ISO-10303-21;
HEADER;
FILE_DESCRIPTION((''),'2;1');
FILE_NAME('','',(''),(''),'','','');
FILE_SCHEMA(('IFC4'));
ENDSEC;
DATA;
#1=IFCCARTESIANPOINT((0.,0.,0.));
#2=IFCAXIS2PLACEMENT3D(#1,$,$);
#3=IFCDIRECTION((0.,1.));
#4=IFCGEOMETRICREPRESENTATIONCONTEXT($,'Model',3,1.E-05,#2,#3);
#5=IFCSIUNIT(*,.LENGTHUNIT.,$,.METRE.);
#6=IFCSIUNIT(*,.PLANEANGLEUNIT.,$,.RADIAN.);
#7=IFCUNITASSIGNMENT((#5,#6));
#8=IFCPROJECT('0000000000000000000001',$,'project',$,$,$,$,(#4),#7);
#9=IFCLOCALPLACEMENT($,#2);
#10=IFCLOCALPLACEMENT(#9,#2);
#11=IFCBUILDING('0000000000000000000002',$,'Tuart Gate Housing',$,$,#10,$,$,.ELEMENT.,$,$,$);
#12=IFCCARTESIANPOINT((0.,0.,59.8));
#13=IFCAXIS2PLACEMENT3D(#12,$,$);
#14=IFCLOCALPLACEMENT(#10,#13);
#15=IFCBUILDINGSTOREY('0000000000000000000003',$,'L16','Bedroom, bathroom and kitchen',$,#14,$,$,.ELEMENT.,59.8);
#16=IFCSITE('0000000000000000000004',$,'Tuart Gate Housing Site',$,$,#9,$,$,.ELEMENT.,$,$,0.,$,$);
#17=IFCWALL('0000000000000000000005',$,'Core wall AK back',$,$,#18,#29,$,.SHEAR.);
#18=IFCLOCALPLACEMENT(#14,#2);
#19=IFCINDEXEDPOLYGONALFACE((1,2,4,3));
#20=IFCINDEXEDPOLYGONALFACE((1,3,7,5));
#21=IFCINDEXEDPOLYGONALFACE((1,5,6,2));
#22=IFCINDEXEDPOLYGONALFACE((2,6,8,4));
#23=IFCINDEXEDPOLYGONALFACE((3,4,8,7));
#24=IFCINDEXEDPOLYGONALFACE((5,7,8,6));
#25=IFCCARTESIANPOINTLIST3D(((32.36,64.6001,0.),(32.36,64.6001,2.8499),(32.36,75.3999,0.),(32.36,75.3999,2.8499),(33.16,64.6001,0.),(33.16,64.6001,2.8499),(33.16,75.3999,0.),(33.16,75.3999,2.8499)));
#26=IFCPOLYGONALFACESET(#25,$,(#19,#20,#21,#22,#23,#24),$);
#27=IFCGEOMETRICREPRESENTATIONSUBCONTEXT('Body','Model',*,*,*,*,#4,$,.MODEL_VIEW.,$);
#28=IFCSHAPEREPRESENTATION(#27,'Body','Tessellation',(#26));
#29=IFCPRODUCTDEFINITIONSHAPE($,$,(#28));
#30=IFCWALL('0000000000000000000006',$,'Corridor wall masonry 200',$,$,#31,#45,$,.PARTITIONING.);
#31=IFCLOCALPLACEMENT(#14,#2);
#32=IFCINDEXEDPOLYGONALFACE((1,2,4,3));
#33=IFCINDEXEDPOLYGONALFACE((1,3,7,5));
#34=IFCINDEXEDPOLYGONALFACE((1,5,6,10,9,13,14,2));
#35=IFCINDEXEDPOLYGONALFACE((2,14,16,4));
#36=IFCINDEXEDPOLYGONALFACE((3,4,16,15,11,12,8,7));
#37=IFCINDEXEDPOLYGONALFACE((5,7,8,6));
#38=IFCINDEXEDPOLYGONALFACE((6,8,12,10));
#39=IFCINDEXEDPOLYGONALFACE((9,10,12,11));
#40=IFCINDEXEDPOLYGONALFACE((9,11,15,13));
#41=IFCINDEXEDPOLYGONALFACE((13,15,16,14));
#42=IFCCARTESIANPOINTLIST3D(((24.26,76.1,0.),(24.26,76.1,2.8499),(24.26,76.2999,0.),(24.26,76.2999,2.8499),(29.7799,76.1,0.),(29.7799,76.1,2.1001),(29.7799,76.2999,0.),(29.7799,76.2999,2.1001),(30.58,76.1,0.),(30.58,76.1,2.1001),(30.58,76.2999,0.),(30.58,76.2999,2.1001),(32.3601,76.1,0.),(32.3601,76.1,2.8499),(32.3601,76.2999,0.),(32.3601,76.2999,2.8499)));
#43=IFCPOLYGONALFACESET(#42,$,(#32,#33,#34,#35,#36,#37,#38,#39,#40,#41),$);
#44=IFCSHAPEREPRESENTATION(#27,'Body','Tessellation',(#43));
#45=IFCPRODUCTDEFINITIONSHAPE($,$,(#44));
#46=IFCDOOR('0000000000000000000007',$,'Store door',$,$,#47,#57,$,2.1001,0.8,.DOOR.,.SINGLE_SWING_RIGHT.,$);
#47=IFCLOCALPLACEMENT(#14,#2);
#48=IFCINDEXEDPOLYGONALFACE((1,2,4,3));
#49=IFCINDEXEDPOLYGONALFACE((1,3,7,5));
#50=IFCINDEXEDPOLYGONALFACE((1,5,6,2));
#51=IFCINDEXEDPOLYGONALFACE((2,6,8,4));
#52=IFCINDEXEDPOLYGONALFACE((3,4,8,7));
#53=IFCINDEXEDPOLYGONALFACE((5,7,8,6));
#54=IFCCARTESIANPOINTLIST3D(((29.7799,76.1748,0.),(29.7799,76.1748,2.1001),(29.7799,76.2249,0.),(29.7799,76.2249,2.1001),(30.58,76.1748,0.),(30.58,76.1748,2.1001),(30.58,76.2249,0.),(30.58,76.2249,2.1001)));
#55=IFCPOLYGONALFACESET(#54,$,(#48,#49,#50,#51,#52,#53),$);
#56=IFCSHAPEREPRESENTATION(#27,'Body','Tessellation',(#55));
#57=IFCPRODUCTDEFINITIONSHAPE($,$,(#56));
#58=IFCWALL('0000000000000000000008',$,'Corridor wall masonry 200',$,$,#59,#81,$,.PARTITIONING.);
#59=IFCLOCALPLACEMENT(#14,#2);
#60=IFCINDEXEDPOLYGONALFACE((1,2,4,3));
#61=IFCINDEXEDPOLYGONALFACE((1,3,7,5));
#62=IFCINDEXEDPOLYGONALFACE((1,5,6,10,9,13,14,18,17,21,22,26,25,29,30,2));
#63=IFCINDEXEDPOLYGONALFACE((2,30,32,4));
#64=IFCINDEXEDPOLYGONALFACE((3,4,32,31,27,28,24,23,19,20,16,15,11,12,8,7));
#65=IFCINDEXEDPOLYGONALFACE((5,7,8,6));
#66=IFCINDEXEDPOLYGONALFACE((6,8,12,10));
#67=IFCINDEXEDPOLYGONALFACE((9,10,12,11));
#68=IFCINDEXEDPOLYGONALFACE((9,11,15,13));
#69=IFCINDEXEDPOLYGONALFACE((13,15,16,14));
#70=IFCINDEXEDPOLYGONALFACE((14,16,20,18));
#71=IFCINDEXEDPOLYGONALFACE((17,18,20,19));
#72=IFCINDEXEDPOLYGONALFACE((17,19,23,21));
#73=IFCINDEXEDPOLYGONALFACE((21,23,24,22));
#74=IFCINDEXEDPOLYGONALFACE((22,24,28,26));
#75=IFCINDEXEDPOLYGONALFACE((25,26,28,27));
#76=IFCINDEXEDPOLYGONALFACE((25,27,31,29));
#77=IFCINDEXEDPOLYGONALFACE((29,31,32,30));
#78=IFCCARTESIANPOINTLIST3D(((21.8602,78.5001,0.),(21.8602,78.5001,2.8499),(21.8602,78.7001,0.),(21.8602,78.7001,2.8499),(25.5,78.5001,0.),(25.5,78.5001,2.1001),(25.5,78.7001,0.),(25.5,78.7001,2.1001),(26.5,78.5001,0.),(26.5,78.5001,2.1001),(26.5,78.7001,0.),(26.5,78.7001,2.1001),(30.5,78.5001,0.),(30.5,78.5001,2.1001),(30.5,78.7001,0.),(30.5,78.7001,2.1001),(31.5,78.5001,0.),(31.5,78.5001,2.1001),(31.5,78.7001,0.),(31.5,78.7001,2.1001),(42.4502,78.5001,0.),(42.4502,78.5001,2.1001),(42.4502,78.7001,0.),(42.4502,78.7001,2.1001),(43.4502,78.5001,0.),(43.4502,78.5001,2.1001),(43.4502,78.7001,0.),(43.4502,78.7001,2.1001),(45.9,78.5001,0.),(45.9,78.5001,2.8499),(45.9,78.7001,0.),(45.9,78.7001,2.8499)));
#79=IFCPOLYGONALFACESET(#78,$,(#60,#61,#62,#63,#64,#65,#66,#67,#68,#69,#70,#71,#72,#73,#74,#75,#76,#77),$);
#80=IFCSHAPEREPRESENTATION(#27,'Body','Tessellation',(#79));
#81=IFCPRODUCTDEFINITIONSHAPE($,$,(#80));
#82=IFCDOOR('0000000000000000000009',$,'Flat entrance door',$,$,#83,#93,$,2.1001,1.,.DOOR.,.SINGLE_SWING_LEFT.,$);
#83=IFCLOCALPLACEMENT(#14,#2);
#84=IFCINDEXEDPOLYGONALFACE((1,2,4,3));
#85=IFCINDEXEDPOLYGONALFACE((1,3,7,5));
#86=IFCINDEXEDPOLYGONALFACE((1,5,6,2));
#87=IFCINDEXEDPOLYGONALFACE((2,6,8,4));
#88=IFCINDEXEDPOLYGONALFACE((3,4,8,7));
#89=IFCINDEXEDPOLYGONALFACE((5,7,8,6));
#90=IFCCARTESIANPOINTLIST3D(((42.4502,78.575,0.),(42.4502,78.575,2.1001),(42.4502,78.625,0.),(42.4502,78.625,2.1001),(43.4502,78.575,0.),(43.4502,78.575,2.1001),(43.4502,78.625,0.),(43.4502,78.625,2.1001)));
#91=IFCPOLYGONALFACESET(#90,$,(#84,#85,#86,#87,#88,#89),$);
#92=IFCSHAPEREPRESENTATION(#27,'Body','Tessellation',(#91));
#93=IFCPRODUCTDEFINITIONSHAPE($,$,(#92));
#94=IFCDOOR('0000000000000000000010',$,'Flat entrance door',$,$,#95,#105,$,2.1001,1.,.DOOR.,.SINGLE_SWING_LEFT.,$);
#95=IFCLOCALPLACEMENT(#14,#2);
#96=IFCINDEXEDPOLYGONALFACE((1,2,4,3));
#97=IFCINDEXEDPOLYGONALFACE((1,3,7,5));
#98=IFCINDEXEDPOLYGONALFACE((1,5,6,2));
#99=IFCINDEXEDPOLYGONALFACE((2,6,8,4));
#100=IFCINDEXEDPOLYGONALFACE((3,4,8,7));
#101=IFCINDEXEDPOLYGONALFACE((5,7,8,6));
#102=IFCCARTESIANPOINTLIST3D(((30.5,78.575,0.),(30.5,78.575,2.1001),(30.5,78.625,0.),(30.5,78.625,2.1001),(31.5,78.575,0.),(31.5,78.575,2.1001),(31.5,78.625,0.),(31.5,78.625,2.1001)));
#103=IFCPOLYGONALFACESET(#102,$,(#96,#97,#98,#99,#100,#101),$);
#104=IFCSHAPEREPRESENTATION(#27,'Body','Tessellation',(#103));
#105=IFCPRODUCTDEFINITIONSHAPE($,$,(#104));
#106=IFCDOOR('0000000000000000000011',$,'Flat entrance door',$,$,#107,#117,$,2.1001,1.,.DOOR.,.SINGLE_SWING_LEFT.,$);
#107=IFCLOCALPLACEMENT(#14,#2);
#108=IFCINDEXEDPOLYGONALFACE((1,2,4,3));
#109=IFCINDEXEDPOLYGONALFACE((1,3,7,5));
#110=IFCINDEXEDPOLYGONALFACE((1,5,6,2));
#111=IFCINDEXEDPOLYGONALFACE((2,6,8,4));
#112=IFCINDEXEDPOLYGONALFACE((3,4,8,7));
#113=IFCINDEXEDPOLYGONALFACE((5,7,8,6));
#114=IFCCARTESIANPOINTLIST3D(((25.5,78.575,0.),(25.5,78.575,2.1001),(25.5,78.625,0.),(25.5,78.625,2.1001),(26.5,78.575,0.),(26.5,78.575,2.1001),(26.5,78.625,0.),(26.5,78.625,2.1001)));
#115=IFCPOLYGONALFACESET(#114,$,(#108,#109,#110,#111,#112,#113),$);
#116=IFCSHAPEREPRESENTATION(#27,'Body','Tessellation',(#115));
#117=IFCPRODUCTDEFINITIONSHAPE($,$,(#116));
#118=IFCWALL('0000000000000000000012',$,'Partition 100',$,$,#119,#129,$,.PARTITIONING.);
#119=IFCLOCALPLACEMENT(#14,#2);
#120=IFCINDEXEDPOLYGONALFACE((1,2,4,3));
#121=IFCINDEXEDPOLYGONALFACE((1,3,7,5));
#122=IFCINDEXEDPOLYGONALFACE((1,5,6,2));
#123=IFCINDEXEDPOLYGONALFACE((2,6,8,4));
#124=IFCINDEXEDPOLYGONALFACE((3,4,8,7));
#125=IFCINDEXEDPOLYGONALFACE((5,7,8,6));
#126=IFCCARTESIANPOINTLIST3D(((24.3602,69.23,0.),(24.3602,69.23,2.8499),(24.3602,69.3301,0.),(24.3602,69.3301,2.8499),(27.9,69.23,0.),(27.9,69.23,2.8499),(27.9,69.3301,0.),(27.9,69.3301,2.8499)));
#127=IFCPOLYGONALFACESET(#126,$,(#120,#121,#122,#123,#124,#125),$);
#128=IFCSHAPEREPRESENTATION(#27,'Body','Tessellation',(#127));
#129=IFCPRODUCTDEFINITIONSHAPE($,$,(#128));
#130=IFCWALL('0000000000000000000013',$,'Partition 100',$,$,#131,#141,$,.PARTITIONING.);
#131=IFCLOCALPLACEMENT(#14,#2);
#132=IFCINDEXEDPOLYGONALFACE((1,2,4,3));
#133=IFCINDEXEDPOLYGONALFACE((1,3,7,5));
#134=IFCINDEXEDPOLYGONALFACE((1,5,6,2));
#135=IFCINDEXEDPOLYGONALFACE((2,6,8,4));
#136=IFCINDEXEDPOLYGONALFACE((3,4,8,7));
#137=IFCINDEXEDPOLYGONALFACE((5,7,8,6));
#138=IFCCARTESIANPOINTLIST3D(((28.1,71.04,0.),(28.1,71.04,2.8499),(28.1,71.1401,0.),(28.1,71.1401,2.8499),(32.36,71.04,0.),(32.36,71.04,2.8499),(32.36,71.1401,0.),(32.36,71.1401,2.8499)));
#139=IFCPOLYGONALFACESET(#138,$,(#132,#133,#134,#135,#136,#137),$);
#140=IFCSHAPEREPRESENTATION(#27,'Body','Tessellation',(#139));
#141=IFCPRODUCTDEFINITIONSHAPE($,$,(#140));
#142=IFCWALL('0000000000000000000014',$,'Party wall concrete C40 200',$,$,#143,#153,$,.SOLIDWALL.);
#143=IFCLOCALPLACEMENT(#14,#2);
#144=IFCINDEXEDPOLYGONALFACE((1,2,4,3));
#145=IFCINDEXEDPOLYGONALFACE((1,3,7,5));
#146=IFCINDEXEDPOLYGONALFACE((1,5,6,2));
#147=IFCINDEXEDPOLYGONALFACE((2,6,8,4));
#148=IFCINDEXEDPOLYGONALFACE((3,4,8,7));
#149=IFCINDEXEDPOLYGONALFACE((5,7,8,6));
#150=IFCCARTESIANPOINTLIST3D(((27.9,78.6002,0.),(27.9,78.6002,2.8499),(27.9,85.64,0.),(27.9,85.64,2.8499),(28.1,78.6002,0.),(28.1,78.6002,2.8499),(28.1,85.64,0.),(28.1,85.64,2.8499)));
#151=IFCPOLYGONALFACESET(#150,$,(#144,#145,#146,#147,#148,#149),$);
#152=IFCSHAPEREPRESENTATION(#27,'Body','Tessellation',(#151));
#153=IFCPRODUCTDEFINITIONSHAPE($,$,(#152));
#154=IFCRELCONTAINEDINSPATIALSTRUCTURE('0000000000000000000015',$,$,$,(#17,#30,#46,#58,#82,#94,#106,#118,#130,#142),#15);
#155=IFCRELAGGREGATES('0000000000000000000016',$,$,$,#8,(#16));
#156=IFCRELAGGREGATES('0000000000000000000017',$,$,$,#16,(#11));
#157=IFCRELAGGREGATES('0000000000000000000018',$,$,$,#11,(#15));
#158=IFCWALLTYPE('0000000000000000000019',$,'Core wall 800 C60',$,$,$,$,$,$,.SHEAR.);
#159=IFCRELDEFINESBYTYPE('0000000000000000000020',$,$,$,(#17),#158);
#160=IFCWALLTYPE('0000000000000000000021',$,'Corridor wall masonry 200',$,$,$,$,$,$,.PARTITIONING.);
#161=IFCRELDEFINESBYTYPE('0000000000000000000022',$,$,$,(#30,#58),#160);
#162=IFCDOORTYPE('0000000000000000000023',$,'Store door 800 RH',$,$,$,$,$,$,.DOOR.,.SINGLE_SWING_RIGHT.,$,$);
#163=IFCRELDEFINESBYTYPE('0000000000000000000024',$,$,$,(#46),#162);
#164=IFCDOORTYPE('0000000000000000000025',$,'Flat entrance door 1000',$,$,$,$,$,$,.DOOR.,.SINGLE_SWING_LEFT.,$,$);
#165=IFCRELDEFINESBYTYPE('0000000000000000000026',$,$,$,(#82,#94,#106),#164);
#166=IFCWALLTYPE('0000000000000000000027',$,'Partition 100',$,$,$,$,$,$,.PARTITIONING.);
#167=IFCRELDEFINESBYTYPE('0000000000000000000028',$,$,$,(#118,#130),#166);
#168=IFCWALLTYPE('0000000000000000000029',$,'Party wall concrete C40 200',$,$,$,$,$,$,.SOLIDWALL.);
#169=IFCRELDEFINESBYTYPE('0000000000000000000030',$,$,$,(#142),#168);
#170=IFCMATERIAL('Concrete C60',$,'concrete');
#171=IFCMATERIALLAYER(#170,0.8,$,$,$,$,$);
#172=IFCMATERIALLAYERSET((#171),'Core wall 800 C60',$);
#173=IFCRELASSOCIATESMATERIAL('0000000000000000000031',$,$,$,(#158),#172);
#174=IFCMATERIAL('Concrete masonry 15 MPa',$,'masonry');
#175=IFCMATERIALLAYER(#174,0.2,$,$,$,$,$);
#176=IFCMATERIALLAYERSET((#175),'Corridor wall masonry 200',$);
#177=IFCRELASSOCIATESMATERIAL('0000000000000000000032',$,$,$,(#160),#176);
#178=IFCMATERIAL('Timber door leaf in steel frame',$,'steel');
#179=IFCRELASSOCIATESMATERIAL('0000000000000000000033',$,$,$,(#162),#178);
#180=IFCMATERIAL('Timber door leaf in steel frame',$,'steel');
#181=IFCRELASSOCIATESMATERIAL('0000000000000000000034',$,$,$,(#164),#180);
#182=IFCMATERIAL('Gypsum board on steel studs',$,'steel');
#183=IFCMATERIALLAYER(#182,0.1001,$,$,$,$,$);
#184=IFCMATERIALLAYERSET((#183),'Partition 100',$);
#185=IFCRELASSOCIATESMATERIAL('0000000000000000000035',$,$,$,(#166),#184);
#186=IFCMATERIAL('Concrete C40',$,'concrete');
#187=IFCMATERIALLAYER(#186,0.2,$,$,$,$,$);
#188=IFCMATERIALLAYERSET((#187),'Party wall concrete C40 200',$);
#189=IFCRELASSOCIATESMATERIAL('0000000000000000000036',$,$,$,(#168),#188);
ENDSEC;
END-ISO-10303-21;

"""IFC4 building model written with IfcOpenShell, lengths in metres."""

from ifc_helpers import new_model, si_unit, direction, frame, frame_2d, origin, place, context, subcontext, project, spatial, rectangle, extrude, material, layer, layer_set, type_object, element, fill, save


model = new_model("IFC4")

# Units and contexts
model_context = context("Model", 3, precision=1e-05, world=origin(), true_north=direction((0.0, 1.0)))
body_context = subcontext(model_context, "Body", "Model", "MODEL_VIEW")
ifc_project = project(units=[si_unit("LENGTHUNIT", "METRE"), si_unit("PLANEANGLEUNIT", "RADIAN")], contexts=[model_context])

# Site, building, storey
site_placement = place(None, origin())
site = spatial("IfcSite", under=ifc_project, at=site_placement, Name="Tuart Gate Housing Site", CompositionType="ELEMENT", RefElevation=0.0)
building_placement = place(site_placement, origin())
building = spatial("IfcBuilding", under=site, at=building_placement, Name="Tuart Gate Housing", CompositionType="ELEMENT")
storey_placement = place(building_placement, frame((0.0, 0.0, 59.8)))
storey = spatial("IfcBuildingStorey", under=building, at=storey_placement, Name="L16", Description="Bedroom, bathroom and kitchen", CompositionType="ELEMENT", Elevation=59.8)

# Wall
ifc_material_1 = material(Name="Concrete C60", Category="concrete")
ifc_layer_1 = layer(ifc_material_1, 0.8)
ifc_layer_set_1 = layer_set([ifc_layer_1], Name="Core wall 800 C60")
wall_type_1 = type_object("IfcWallType", Name="Core wall 800 C60", PredefinedType="SHEAR", material=ifc_layer_set_1)
wall_1_placement = place(storey_placement, frame((32.76, 75.3999, 0.0), z_axis=(0.0, 0.0, 1.0), x_axis=(0.0, -1.0, 0.0)))
element("IfcWall", 1, at=wall_1_placement, inside=storey, type_object=wall_type_1, Name="Core wall AK back", PredefinedType="SHEAR", context=body_context, shape_type="SweptSolid", body=[
    extrude(rectangle(XDim=10.7998, YDim=0.8, at=frame_2d((5.3999, 0.0))), origin(), (0.0, 0.0, 1.0), 2.8499),
])

# Wall, opening, door
ifc_material_2 = material(Name="Concrete masonry 15 MPa", Category="masonry")
ifc_layer_2 = layer(ifc_material_2, 0.2)
ifc_layer_set_2 = layer_set([ifc_layer_2], Name="Corridor wall masonry 200")
wall_type_2 = type_object("IfcWallType", Name="Corridor wall masonry 200", PredefinedType="PARTITIONING", material=ifc_layer_set_2)
wall_2_placement = place(storey_placement, frame((24.26, 76.2, 0.0), z_axis=(0.0, 0.0, 1.0), x_axis=(1.0, 0.0, 0.0)))
wall_2 = element("IfcWall", 2, at=wall_2_placement, inside=storey, type_object=wall_type_2, Name="Corridor wall masonry 200", PredefinedType="PARTITIONING", context=body_context, shape_type="SweptSolid", body=[
    extrude(rectangle(XDim=8.1001, YDim=0.2, at=frame_2d((4.05, 0.0))), origin(), (0.0, 0.0, 1.0), 2.8499),
])
opening_1_placement = place(wall_2_placement, frame((5.52, 0.0, 0.0)))
opening_1 = element("IfcOpeningElement", 3, at=opening_1_placement, cuts=wall_2, PredefinedType="OPENING", context=body_context, shape_type="SweptSolid", body=[
    extrude(rectangle(XDim=0.8, YDim=2.1001, at=frame_2d((0.3999, 1.05))), frame((0.0, 0.1099, 0.0), z_axis=(0.0, -1.0, 0.0), x_axis=(1.0, 0.0, 0.0)), (0.0, 0.0, 1.0), 0.22),
])
ifc_material_3 = material(Name="Timber door leaf in steel frame", Category="steel")
door_type_1 = type_object("IfcDoorType", Name="Store door 800 RH", OperationType="SINGLE_SWING_RIGHT", PredefinedType="DOOR", material=ifc_material_3)
door_1_placement = place(opening_1_placement, frame((0.8, 0.0, 0.0), z_axis=(0.0, 0.0, 1.0), x_axis=(-1.0, 0.0, 0.0)))
door_1 = element("IfcDoor", 4, at=door_1_placement, inside=storey, type_object=door_type_1, Name="Store door", OperationType="SINGLE_SWING_RIGHT", OverallHeight=2.1001, OverallWidth=0.8, PredefinedType="DOOR", context=body_context, shape_type="SweptSolid", body=[
    extrude(rectangle(XDim=0.8, YDim=2.1001, at=frame_2d((0.4001, 1.05))), frame((0.0, 0.0251, 0.0), z_axis=(0.0, -1.0, 0.0), x_axis=(1.0, 0.0, 0.0)), (0.0, 0.0, 1.0), 0.05),
])
fill(opening_1, door_1)

# Wall, openings, doors
wall_3_placement = place(storey_placement, frame((21.8601, 78.6001, 0.0), z_axis=(0.0, 0.0, 1.0), x_axis=(1.0, 0.0, 0.0)))
wall_3 = element("IfcWall", 5, at=wall_3_placement, inside=storey, type_object=wall_type_2, Name="Corridor wall masonry 200", PredefinedType="PARTITIONING", context=body_context, shape_type="SweptSolid", body=[
    extrude(rectangle(XDim=24.0398, YDim=0.2, at=frame_2d((12.02, 0.0))), origin(), (0.0, 0.0, 1.0), 2.8499),
])
opening_2_placement = place(wall_3_placement, frame((20.5901, 0.0, 0.0)))
opening_2 = element("IfcOpeningElement", 6, at=opening_2_placement, cuts=wall_3, PredefinedType="OPENING", context=body_context, shape_type="SweptSolid", body=[
    extrude(rectangle(XDim=1.0, YDim=2.1001, at=frame_2d((0.5, 1.05))), frame((0.0, 0.1099, 0.0), z_axis=(0.0, -1.0, 0.0), x_axis=(1.0, 0.0, 0.0)), (0.0, 0.0, 1.0), 0.22),
])
opening_3_placement = place(wall_3_placement, frame((8.6399, 0.0, 0.0)))
opening_3 = element("IfcOpeningElement", 7, at=opening_3_placement, cuts=wall_3, PredefinedType="OPENING", context=body_context, shape_type="SweptSolid", body=[
    extrude(rectangle(XDim=1.0, YDim=2.1001, at=frame_2d((0.5, 1.05))), frame((0.0, 0.1099, 0.0), z_axis=(0.0, -1.0, 0.0), x_axis=(1.0, 0.0, 0.0)), (0.0, 0.0, 1.0), 0.22),
])
opening_4_placement = place(wall_3_placement, frame((3.6399, 0.0, 0.0)))
opening_4 = element("IfcOpeningElement", 8, at=opening_4_placement, cuts=wall_3, PredefinedType="OPENING", context=body_context, shape_type="SweptSolid", body=[
    extrude(rectangle(XDim=1.0, YDim=2.1001, at=frame_2d((0.5, 1.05))), frame((0.0, 0.1099, 0.0), z_axis=(0.0, -1.0, 0.0), x_axis=(1.0, 0.0, 0.0)), (0.0, 0.0, 1.0), 0.22),
])
ifc_material_4 = material(Name="Timber door leaf in steel frame", Category="steel")
door_type_2 = type_object("IfcDoorType", Name="Flat entrance door 1000", OperationType="SINGLE_SWING_LEFT", PredefinedType="DOOR", material=ifc_material_4)
door_2_placement = place(opening_2_placement, origin())
door_2 = element("IfcDoor", 9, at=door_2_placement, inside=storey, type_object=door_type_2, Name="Flat entrance door", OperationType="SINGLE_SWING_LEFT", OverallHeight=2.1001, OverallWidth=1.0, PredefinedType="DOOR", context=body_context, shape_type="SweptSolid", body=[
    extrude(rectangle(XDim=1.0, YDim=2.1001, at=frame_2d((0.5, 1.05))), frame((0.0, 0.0249, 0.0), z_axis=(0.0, -1.0, 0.0), x_axis=(1.0, 0.0, 0.0)), (0.0, 0.0, 1.0), 0.05),
])
fill(opening_2, door_2)
door_3_placement = place(opening_3_placement, origin())
door_3 = element("IfcDoor", 10, at=door_3_placement, inside=storey, type_object=door_type_2, Name="Flat entrance door", OperationType="SINGLE_SWING_LEFT", OverallHeight=2.1001, OverallWidth=1.0, PredefinedType="DOOR", context=body_context, shape_type="SweptSolid", body=[
    extrude(rectangle(XDim=1.0, YDim=2.1001, at=frame_2d((0.5, 1.05))), frame((0.0, 0.0249, 0.0), z_axis=(0.0, -1.0, 0.0), x_axis=(1.0, 0.0, 0.0)), (0.0, 0.0, 1.0), 0.05),
])
fill(opening_3, door_3)
door_4_placement = place(opening_4_placement, origin())
door_4 = element("IfcDoor", 11, at=door_4_placement, inside=storey, type_object=door_type_2, Name="Flat entrance door", OperationType="SINGLE_SWING_LEFT", OverallHeight=2.1001, OverallWidth=1.0, PredefinedType="DOOR", context=body_context, shape_type="SweptSolid", body=[
    extrude(rectangle(XDim=1.0, YDim=2.1001, at=frame_2d((0.5, 1.05))), frame((0.0, 0.0249, 0.0), z_axis=(0.0, -1.0, 0.0), x_axis=(1.0, 0.0, 0.0)), (0.0, 0.0, 1.0), 0.05),
])
fill(opening_4, door_4)

# Walls
ifc_material_5 = material(Name="Gypsum board on steel studs", Category="steel")
ifc_layer_3 = layer(ifc_material_5, 0.1001)
ifc_layer_set_3 = layer_set([ifc_layer_3], Name="Partition 100")
wall_type_3 = type_object("IfcWallType", Name="Partition 100", PredefinedType="PARTITIONING", material=ifc_layer_set_3)
wall_4_placement = place(storey_placement, frame((24.3601, 69.28, 0.0), z_axis=(0.0, 0.0, 1.0), x_axis=(1.0, 0.0, 0.0)))
element("IfcWall", 12, at=wall_4_placement, inside=storey, type_object=wall_type_3, Name="Partition 100", PredefinedType="PARTITIONING", context=body_context, shape_type="SweptSolid", body=[
    extrude(rectangle(XDim=3.5398, YDim=0.1001, at=frame_2d((1.77, 0.0))), origin(), (0.0, 0.0, 1.0), 2.8499),
])
wall_5_placement = place(storey_placement, frame((28.1001, 71.0901, 0.0), z_axis=(0.0, 0.0, 1.0), x_axis=(1.0, 0.0, 0.0)))
element("IfcWall", 13, at=wall_5_placement, inside=storey, type_object=wall_type_3, Name="Partition 100", PredefinedType="PARTITIONING", context=body_context, shape_type="SweptSolid", body=[
    extrude(rectangle(XDim=4.26, YDim=0.1001, at=frame_2d((2.1299, 0.0))), origin(), (0.0, 0.0, 1.0), 2.8499),
])
ifc_material_6 = material(Name="Concrete C40", Category="concrete")
ifc_layer_4 = layer(ifc_material_6, 0.2)
ifc_layer_set_4 = layer_set([ifc_layer_4], Name="Party wall concrete C40 200")
wall_type_4 = type_object("IfcWallType", Name="Party wall concrete C40 200", PredefinedType="SOLIDWALL", material=ifc_layer_set_4)
wall_6_placement = place(storey_placement, frame((28.0, 78.6001, 0.0), z_axis=(0.0, 0.0, 1.0), x_axis=(0.0, 1.0, 0.0)))
element("IfcWall", 14, at=wall_6_placement, inside=storey, type_object=wall_type_4, Name="Party wall concrete C40 200", PredefinedType="SOLIDWALL", context=body_context, shape_type="SweptSolid", body=[
    extrude(rectangle(XDim=7.0398, YDim=0.2, at=frame_2d((3.52, 0.0))), origin(), (0.0, 0.0, 1.0), 2.8499),
])

save(model, "model.ifc")
